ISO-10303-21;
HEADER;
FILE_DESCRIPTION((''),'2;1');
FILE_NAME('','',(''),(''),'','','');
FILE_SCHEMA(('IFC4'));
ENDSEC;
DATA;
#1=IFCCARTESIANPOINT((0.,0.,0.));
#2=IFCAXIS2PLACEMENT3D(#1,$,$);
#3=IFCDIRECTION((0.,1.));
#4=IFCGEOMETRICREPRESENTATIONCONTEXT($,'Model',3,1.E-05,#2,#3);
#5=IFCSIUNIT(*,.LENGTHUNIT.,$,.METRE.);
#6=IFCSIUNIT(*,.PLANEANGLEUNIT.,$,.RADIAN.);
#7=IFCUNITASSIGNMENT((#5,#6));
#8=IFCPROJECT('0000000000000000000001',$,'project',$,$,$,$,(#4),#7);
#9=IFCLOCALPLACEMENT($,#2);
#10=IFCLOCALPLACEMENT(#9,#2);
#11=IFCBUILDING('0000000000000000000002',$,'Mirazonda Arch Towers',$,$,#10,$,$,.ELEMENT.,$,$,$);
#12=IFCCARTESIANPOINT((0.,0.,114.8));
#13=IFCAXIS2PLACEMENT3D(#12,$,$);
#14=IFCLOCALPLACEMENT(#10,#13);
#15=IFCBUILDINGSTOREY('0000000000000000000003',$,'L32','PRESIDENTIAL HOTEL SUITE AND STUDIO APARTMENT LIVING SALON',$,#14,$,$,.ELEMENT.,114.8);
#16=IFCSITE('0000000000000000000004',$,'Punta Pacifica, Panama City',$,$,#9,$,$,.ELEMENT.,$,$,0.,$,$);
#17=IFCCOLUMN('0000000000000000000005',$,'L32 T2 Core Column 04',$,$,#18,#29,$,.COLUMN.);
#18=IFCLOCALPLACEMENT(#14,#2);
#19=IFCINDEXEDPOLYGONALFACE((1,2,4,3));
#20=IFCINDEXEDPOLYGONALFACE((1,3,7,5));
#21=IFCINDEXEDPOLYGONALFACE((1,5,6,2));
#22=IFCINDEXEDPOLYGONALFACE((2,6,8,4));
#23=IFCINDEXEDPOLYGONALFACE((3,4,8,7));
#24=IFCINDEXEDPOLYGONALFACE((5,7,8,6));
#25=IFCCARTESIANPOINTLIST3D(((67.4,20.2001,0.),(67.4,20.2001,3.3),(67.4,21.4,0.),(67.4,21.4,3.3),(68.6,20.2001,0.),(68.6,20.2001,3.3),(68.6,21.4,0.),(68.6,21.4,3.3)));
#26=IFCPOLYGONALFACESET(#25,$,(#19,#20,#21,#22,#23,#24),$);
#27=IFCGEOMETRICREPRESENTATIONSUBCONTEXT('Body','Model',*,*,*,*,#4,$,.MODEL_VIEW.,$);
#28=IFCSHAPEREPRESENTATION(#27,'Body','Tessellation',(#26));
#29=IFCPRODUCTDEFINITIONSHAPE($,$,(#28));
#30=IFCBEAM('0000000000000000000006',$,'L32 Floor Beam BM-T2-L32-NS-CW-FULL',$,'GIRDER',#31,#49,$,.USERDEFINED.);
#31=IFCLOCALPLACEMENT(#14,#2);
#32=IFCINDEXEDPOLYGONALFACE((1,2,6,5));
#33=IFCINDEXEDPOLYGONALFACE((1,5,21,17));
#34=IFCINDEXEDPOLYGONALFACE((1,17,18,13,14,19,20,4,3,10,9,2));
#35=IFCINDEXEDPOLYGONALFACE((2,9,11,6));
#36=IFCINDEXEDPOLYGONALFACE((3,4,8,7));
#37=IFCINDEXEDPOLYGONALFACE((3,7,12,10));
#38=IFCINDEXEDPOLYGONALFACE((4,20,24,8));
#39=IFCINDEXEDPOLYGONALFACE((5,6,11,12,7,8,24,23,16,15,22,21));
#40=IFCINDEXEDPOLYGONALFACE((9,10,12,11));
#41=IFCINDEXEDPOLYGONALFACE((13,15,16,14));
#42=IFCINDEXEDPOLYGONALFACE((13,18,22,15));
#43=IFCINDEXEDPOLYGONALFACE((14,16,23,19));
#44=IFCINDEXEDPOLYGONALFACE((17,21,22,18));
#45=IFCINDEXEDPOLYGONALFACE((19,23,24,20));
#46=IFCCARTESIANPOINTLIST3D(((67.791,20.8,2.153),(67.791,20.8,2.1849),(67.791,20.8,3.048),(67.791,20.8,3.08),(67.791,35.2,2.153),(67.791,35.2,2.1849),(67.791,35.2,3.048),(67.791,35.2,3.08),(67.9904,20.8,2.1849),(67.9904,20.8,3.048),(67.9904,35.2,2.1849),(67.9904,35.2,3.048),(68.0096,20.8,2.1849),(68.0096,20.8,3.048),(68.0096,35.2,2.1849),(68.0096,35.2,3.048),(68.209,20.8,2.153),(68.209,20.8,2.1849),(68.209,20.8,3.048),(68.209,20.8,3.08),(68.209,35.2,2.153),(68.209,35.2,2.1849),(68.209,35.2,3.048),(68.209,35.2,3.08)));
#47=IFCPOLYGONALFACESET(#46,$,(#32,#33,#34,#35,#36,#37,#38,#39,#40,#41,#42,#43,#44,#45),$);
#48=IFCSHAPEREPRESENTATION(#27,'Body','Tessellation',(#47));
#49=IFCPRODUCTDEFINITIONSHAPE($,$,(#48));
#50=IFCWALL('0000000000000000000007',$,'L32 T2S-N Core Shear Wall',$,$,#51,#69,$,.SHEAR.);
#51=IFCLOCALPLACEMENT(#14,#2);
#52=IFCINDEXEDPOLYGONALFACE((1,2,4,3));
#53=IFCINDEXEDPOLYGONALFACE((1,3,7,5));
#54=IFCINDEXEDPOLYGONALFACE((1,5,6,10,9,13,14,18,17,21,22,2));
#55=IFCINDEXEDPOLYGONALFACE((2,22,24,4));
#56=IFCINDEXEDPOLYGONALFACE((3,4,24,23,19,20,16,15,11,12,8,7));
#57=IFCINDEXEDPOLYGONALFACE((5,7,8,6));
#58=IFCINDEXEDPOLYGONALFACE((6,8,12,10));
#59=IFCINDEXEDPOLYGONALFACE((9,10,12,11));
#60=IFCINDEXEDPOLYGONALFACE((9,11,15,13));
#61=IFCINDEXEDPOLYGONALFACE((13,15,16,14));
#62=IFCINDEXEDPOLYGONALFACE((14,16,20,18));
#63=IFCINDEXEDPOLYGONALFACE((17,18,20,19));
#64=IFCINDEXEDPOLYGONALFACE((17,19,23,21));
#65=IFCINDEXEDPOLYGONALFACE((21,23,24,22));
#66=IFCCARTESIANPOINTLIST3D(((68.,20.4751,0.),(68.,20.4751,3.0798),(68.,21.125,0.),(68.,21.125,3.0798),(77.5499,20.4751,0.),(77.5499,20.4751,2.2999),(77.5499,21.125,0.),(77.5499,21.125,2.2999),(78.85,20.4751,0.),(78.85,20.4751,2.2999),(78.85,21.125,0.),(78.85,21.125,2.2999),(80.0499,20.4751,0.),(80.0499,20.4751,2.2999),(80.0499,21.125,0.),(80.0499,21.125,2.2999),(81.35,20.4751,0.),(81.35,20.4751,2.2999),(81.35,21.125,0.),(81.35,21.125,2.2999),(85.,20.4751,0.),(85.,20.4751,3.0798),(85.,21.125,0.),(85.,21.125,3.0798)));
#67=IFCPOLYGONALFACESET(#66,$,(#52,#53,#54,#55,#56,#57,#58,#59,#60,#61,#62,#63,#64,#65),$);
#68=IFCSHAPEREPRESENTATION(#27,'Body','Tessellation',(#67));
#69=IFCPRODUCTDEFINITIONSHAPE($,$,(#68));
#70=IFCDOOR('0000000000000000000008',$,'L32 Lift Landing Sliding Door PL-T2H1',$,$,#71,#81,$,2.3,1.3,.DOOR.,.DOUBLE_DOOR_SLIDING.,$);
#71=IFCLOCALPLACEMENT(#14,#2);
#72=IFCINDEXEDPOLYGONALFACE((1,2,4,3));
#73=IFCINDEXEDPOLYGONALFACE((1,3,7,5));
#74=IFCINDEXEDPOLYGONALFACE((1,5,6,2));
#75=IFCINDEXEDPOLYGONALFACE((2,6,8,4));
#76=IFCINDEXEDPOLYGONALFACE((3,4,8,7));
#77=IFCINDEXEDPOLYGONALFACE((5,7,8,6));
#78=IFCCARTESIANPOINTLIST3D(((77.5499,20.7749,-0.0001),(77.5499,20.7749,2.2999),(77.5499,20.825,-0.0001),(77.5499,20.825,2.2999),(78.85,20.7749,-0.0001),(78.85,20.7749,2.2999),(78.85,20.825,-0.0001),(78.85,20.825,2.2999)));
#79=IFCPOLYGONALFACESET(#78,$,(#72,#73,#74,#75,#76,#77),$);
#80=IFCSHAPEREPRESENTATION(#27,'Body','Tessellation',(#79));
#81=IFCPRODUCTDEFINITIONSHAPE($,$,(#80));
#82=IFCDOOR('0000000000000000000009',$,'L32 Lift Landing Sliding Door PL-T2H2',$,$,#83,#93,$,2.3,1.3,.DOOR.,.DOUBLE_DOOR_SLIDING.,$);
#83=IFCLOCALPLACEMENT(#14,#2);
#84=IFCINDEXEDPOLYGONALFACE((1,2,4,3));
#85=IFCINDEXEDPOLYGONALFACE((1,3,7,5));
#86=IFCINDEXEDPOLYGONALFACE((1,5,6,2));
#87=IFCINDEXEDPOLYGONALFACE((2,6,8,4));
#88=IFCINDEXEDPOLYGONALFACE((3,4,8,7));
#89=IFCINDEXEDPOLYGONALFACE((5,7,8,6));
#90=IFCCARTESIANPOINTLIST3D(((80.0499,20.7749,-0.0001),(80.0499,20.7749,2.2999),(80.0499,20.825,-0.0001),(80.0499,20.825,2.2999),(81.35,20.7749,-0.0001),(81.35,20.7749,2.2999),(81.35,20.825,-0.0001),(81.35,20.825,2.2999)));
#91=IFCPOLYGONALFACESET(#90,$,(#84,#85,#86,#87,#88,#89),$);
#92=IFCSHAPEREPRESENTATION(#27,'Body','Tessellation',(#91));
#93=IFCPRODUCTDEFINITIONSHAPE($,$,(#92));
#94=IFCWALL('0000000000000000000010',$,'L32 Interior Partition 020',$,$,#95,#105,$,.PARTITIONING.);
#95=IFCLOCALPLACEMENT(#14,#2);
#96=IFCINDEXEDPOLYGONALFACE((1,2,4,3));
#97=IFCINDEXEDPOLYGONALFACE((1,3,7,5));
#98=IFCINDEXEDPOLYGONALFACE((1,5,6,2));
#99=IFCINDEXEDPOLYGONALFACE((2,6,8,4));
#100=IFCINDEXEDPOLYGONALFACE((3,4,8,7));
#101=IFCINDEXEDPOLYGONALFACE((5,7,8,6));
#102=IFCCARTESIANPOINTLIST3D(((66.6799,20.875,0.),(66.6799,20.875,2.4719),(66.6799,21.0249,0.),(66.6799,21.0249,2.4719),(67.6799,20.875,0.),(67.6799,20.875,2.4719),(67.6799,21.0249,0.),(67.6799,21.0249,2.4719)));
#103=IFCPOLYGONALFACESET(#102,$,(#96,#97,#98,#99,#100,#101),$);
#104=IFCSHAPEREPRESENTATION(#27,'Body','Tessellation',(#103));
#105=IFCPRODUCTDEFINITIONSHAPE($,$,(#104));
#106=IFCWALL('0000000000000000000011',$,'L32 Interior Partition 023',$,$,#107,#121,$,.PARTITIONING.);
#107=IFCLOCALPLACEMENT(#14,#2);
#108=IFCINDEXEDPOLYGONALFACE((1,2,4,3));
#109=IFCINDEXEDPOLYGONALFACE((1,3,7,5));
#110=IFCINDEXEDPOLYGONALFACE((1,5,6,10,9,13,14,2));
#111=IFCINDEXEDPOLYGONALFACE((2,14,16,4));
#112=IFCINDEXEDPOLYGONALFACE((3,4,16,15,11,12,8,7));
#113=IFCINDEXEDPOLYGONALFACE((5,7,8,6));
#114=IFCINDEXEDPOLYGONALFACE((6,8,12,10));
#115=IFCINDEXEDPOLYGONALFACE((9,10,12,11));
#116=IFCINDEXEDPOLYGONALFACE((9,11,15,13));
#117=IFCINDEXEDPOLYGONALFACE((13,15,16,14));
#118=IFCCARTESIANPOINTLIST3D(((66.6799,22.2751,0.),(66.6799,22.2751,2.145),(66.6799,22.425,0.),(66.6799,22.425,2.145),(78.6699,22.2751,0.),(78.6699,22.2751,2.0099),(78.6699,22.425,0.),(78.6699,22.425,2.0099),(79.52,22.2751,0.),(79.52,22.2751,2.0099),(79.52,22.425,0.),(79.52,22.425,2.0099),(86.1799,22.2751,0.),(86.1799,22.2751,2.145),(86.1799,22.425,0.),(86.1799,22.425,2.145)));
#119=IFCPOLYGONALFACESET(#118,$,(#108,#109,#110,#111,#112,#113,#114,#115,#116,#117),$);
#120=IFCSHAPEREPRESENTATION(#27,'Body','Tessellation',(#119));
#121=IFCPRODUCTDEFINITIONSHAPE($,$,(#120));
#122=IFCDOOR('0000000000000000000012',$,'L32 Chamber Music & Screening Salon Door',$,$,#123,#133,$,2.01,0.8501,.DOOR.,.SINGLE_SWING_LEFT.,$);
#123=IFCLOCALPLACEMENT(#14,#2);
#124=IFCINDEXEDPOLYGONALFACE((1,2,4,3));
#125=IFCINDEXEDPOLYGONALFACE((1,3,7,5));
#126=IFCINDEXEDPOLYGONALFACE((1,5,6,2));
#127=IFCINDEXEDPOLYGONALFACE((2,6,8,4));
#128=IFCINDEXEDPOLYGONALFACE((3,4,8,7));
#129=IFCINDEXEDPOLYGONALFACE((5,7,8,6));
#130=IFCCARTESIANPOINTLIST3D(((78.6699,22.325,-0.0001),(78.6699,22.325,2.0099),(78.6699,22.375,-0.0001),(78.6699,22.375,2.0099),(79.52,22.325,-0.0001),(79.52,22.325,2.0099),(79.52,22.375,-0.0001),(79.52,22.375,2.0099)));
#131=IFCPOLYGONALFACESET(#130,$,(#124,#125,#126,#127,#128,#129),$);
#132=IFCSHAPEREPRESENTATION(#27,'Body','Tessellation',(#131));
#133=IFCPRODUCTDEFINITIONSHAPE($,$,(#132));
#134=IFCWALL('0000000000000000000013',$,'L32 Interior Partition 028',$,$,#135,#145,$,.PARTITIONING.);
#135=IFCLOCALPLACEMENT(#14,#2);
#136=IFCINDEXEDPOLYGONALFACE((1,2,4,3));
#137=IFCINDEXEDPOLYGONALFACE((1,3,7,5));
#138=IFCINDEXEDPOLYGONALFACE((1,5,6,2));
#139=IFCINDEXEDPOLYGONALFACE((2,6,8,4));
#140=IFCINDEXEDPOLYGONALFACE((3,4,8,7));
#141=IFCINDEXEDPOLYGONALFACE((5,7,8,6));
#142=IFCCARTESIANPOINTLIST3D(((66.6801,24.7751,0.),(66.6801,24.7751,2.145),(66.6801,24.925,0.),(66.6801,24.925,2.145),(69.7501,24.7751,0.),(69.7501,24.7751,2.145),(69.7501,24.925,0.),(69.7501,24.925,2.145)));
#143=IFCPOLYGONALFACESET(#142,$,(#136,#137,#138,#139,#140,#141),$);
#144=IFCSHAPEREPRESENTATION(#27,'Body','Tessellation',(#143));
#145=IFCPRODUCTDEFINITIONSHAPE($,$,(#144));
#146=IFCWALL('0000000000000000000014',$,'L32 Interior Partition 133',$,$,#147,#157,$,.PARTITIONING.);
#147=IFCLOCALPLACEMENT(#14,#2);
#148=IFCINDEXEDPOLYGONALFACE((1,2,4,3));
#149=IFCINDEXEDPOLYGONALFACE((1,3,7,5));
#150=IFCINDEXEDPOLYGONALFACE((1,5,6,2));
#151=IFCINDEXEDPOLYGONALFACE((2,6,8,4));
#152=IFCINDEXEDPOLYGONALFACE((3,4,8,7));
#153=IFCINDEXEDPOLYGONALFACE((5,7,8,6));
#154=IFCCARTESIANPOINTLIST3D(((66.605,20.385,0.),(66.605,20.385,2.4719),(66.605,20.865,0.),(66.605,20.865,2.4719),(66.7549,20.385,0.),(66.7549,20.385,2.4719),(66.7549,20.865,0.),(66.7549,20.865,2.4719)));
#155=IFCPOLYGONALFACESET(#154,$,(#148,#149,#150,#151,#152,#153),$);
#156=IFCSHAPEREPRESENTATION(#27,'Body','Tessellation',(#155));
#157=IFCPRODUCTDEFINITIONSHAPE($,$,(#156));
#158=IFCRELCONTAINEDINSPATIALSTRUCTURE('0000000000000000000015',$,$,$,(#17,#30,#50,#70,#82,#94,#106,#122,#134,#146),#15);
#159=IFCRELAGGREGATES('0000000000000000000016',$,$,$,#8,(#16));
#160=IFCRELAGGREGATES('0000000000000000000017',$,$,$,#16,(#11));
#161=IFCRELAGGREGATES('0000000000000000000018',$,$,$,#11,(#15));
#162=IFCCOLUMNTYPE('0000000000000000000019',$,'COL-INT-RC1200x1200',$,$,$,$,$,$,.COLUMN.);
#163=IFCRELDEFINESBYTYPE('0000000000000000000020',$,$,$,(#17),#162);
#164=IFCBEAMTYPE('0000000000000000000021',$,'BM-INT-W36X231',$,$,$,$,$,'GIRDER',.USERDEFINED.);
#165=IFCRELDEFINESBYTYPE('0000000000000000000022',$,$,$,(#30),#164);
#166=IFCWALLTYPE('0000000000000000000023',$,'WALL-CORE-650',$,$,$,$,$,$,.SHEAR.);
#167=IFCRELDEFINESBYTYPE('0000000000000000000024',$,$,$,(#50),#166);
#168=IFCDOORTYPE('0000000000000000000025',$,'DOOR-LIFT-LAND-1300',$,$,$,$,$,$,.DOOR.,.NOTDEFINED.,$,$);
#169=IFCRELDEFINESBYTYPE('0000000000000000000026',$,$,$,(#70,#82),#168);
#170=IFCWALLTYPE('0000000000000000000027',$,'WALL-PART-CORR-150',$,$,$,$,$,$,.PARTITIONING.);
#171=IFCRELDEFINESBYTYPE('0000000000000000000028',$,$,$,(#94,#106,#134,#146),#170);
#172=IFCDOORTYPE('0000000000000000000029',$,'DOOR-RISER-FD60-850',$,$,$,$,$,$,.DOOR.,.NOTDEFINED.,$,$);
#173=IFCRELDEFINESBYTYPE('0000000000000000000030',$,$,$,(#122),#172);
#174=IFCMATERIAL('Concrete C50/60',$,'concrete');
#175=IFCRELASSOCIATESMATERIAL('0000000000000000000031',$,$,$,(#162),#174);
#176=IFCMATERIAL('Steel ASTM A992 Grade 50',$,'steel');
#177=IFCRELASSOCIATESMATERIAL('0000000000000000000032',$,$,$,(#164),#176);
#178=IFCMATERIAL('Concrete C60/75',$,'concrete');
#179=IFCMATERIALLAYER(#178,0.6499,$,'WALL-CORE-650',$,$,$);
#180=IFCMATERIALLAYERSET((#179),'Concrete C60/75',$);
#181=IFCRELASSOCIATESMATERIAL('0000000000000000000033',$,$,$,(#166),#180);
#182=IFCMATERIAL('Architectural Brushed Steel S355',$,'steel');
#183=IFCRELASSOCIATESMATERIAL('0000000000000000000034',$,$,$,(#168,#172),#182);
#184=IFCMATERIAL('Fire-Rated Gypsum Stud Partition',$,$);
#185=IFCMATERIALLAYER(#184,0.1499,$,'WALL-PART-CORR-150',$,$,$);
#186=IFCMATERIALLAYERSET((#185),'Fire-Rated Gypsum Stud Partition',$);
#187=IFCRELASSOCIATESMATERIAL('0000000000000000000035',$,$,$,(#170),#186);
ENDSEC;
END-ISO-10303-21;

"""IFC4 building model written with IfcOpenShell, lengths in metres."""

from ifc_helpers import new_model, si_unit, direction, frame, frame_2d, origin, origin_2d, place, context, subcontext, project, spatial, rectangle, i_section, extrude, material, layer, layer_set, material_profile, profile_set, type_object, element, fill, save


model = new_model("IFC4")

# Units and contexts
model_context = context("Model", 3, precision=1e-05, world=origin(), true_north=direction((0.0, 1.0)))
body_context = subcontext(model_context, "Body", "Model", "MODEL_VIEW")
ifc_project = project(units=[si_unit("LENGTHUNIT", "METRE"), si_unit("PLANEANGLEUNIT", "RADIAN")], contexts=[model_context])

# Site, building, storey
site_placement = place(None, origin())
site = spatial("IfcSite", under=ifc_project, at=site_placement, Name="Punta Pacifica, Panama City", CompositionType="ELEMENT", RefElevation=0.0)
building_placement = place(site_placement, origin())
building = spatial("IfcBuilding", under=site, at=building_placement, Name="Mirazonda Arch Towers", CompositionType="ELEMENT")
storey_placement = place(building_placement, frame((0.0, 0.0, 114.8)))
storey = spatial("IfcBuildingStorey", under=building, at=storey_placement, Name="L32", Description="PRESIDENTIAL HOTEL SUITE AND STUDIO APARTMENT LIVING SALON", CompositionType="ELEMENT", Elevation=114.8)

# Column
ifc_material_1 = material(Name="Concrete C50/60", Category="concrete")
ifc_material_profile_1 = material_profile(ifc_material_1, rectangle(XDim=1.2, YDim=1.2, at=origin_2d()), Name="RC1200x1200")
ifc_profile_set_1 = profile_set([ifc_material_profile_1], Name="Concrete C50/60")
column_type = type_object("IfcColumnType", Name="COL-INT-RC1200x1200", PredefinedType="COLUMN", material=ifc_profile_set_1)
column_placement = place(storey_placement, frame((68.0, 20.8, 0.0), z_axis=(0.0, 0.0, 1.0), x_axis=(1.0, 0.0, 0.0)))
element("IfcColumn", 1, at=column_placement, inside=storey, type_object=column_type, Name="L32 T2 Core Column 04", PredefinedType="COLUMN", context=body_context, shape_type="SweptSolid", body=[
    extrude(rectangle(XDim=1.2, YDim=1.2, at=origin_2d()), origin(), (0.0, 0.0, 1.0), 3.3),
])

# Beam
ifc_material_2 = material(Name="Steel ASTM A992 Grade 50", Category="steel")
ifc_material_profile_2 = material_profile(ifc_material_2, i_section(OverallWidth=0.418, OverallDepth=0.927, WebThickness=0.0193, FlangeThickness=0.032, at=origin_2d()), Name="W36X231")
ifc_profile_set_2 = profile_set([ifc_material_profile_2], Name="Steel ASTM A992 Grade 50")
beam_type = type_object("IfcBeamType", Name="BM-INT-W36X231", ElementType="GIRDER", PredefinedType="USERDEFINED", material=ifc_profile_set_2)
beam_placement = place(storey_placement, frame((68.0, 20.8, 2.6165), z_axis=(0.0, 1.0, 0.0), x_axis=(-1.0, 0.0, 0.0)))
element("IfcBeam", 2, at=beam_placement, inside=storey, type_object=beam_type, Name="L32 Floor Beam BM-T2-L32-NS-CW-FULL", ObjectType="GIRDER", PredefinedType="USERDEFINED", context=body_context, shape_type="SweptSolid", body=[
    extrude(i_section(OverallWidth=0.418, OverallDepth=0.927, WebThickness=0.0193, FlangeThickness=0.032, at=origin_2d()), origin(), (0.0, 0.0, 1.0), 14.3999),
])

# Wall, openings, doors
ifc_material_3 = material(Name="Concrete C60/75", Category="concrete")
ifc_layer_1 = layer(ifc_material_3, 0.6499, Name="WALL-CORE-650")
ifc_layer_set_1 = layer_set([ifc_layer_1], Name="Concrete C60/75")
wall_type_1 = type_object("IfcWallType", Name="WALL-CORE-650", PredefinedType="SHEAR", material=ifc_layer_set_1)
wall_1_placement = place(storey_placement, frame((68.0, 20.8, 0.0), z_axis=(0.0, 0.0, 1.0), x_axis=(1.0, 0.0, 0.0)))
wall_1 = element("IfcWall", 3, at=wall_1_placement, inside=storey, type_object=wall_type_1, Name="L32 T2S-N Core Shear Wall", PredefinedType="SHEAR", context=body_context, shape_type="SweptSolid", body=[
    extrude(rectangle(XDim=17.0, YDim=0.6499, at=frame_2d((8.5, 0.0))), origin(), (0.0, 0.0, 1.0), 3.0798),
])
opening_1_placement = place(wall_1_placement, frame((9.55, 0.0, 0.0)))
opening_1 = element("IfcOpeningElement", 4, at=opening_1_placement, cuts=wall_1, PredefinedType="OPENING", context=body_context, shape_type="SweptSolid", body=[
    extrude(rectangle(XDim=1.3, YDim=2.3, at=frame_2d((0.6499, 1.1499))), frame((0.0, 0.335, 0.0), z_axis=(0.0, -1.0, 0.0), x_axis=(1.0, 0.0, 0.0)), (0.0, 0.0, 1.0), 0.6699),
])
opening_2_placement = place(wall_1_placement, frame((12.05, 0.0, 0.0)))
opening_2 = element("IfcOpeningElement", 5, at=opening_2_placement, cuts=wall_1, PredefinedType="OPENING", context=body_context, shape_type="SweptSolid", body=[
    extrude(rectangle(XDim=1.3, YDim=2.3, at=frame_2d((0.6499, 1.1499))), frame((0.0, 0.335, 0.0), z_axis=(0.0, -1.0, 0.0), x_axis=(1.0, 0.0, 0.0)), (0.0, 0.0, 1.0), 0.6699),
])
ifc_material_4 = material(Name="Architectural Brushed Steel S355", Category="steel")
door_type_1 = type_object("IfcDoorType", Name="DOOR-LIFT-LAND-1300", OperationType="NOTDEFINED", PredefinedType="DOOR", material=ifc_material_4)
door_1_placement = place(opening_1_placement, origin())
door_1 = element("IfcDoor", 6, at=door_1_placement, inside=storey, type_object=door_type_1, Name="L32 Lift Landing Sliding Door PL-T2H1", OperationType="DOUBLE_DOOR_SLIDING", OverallHeight=2.3, OverallWidth=1.3, PredefinedType="DOOR", context=body_context, shape_type="SweptSolid", body=[
    extrude(rectangle(XDim=1.3, YDim=2.3, at=frame_2d((0.6499, 1.1499))), frame((0.0, 0.0249, 0.0), z_axis=(0.0, -1.0, 0.0), x_axis=(1.0, 0.0, 0.0)), (0.0, 0.0, 1.0), 0.05),
])
fill(opening_1, door_1)
door_2_placement = place(opening_2_placement, origin())
door_2 = element("IfcDoor", 7, at=door_2_placement, inside=storey, type_object=door_type_1, Name="L32 Lift Landing Sliding Door PL-T2H2", OperationType="DOUBLE_DOOR_SLIDING", OverallHeight=2.3, OverallWidth=1.3, PredefinedType="DOOR", context=body_context, shape_type="SweptSolid", body=[
    extrude(rectangle(XDim=1.3, YDim=2.3, at=frame_2d((0.6499, 1.1499))), frame((0.0, 0.0249, 0.0), z_axis=(0.0, -1.0, 0.0), x_axis=(1.0, 0.0, 0.0)), (0.0, 0.0, 1.0), 0.05),
])
fill(opening_2, door_2)

# Wall
ifc_material_5 = material(Name="Fire-Rated Gypsum Stud Partition")
ifc_layer_2 = layer(ifc_material_5, 0.1499, Name="WALL-PART-CORR-150")
ifc_layer_set_2 = layer_set([ifc_layer_2], Name="Fire-Rated Gypsum Stud Partition")
wall_type_2 = type_object("IfcWallType", Name="WALL-PART-CORR-150", PredefinedType="PARTITIONING", material=ifc_layer_set_2)
wall_2_placement = place(storey_placement, frame((66.6799, 20.95, 0.0), z_axis=(0.0, 0.0, 1.0), x_axis=(1.0, 0.0, 0.0)))
element("IfcWall", 8, at=wall_2_placement, inside=storey, type_object=wall_type_2, Name="L32 Interior Partition 020", PredefinedType="PARTITIONING", context=body_context, shape_type="SweptSolid", body=[
    extrude(rectangle(XDim=1.0, YDim=0.1499, at=frame_2d((0.5, 0.0))), origin(), (0.0, 0.0, 1.0), 2.4719),
])

# Wall, opening, door
wall_3_placement = place(storey_placement, frame((66.6799, 22.3501, 0.0), z_axis=(0.0, 0.0, 1.0), x_axis=(1.0, 0.0, 0.0)))
wall_3 = element("IfcWall", 9, at=wall_3_placement, inside=storey, type_object=wall_type_2, Name="L32 Interior Partition 023", PredefinedType="PARTITIONING", context=body_context, shape_type="SweptSolid", body=[
    extrude(rectangle(XDim=19.5, YDim=0.1499, at=frame_2d((9.75, 0.0))), origin(), (0.0, 0.0, 1.0), 2.145),
])
opening_3_placement = place(wall_3_placement, frame((11.99, 0.0, 0.0)))
opening_3 = element("IfcOpeningElement", 10, at=opening_3_placement, cuts=wall_3, PredefinedType="OPENING", context=body_context, shape_type="SweptSolid", body=[
    extrude(rectangle(XDim=0.8501, YDim=2.01, at=frame_2d((0.425, 1.0049))), frame((0.0, 0.085, 0.0), z_axis=(0.0, -1.0, 0.0), x_axis=(1.0, 0.0, 0.0)), (0.0, 0.0, 1.0), 0.1699),
])
door_type_2 = type_object("IfcDoorType", Name="DOOR-RISER-FD60-850", OperationType="NOTDEFINED", PredefinedType="DOOR", material=ifc_material_4)
door_3_placement = place(opening_3_placement, origin())
door_3 = element("IfcDoor", 11, at=door_3_placement, inside=storey, type_object=door_type_2, Name="L32 Chamber Music & Screening Salon Door", OperationType="SINGLE_SWING_LEFT", OverallHeight=2.01, OverallWidth=0.8501, PredefinedType="DOOR", context=body_context, shape_type="SweptSolid", body=[
    extrude(rectangle(XDim=0.8501, YDim=2.01, at=frame_2d((0.425, 1.0049))), frame((0.0, 0.0249, 0.0), z_axis=(0.0, -1.0, 0.0), x_axis=(1.0, 0.0, 0.0)), (0.0, 0.0, 1.0), 0.05),
])
fill(opening_3, door_3)

# Walls
wall_4_placement = place(storey_placement, frame((66.6799, 24.8501, 0.0), z_axis=(0.0, 0.0, 1.0), x_axis=(1.0, 0.0, 0.0)))
element("IfcWall", 12, at=wall_4_placement, inside=storey, type_object=wall_type_2, Name="L32 Interior Partition 028", PredefinedType="PARTITIONING", context=body_context, shape_type="SweptSolid", body=[
    extrude(rectangle(XDim=3.0701, YDim=0.1499, at=frame_2d((1.5352, 0.0))), origin(), (0.0, 0.0, 1.0), 2.145),
])
wall_5_placement = place(storey_placement, frame((66.6799, 20.385, 0.0), z_axis=(0.0, 0.0, 1.0), x_axis=(0.0, 1.0, 0.0)))
element("IfcWall", 13, at=wall_5_placement, inside=storey, type_object=wall_type_2, Name="L32 Interior Partition 133", PredefinedType="PARTITIONING", context=body_context, shape_type="SweptSolid", body=[
    extrude(rectangle(XDim=0.48, YDim=0.1499, at=frame_2d((0.24, 0.0))), origin(), (0.0, 0.0, 1.0), 2.4719),
])

save(model, "model.ifc")
